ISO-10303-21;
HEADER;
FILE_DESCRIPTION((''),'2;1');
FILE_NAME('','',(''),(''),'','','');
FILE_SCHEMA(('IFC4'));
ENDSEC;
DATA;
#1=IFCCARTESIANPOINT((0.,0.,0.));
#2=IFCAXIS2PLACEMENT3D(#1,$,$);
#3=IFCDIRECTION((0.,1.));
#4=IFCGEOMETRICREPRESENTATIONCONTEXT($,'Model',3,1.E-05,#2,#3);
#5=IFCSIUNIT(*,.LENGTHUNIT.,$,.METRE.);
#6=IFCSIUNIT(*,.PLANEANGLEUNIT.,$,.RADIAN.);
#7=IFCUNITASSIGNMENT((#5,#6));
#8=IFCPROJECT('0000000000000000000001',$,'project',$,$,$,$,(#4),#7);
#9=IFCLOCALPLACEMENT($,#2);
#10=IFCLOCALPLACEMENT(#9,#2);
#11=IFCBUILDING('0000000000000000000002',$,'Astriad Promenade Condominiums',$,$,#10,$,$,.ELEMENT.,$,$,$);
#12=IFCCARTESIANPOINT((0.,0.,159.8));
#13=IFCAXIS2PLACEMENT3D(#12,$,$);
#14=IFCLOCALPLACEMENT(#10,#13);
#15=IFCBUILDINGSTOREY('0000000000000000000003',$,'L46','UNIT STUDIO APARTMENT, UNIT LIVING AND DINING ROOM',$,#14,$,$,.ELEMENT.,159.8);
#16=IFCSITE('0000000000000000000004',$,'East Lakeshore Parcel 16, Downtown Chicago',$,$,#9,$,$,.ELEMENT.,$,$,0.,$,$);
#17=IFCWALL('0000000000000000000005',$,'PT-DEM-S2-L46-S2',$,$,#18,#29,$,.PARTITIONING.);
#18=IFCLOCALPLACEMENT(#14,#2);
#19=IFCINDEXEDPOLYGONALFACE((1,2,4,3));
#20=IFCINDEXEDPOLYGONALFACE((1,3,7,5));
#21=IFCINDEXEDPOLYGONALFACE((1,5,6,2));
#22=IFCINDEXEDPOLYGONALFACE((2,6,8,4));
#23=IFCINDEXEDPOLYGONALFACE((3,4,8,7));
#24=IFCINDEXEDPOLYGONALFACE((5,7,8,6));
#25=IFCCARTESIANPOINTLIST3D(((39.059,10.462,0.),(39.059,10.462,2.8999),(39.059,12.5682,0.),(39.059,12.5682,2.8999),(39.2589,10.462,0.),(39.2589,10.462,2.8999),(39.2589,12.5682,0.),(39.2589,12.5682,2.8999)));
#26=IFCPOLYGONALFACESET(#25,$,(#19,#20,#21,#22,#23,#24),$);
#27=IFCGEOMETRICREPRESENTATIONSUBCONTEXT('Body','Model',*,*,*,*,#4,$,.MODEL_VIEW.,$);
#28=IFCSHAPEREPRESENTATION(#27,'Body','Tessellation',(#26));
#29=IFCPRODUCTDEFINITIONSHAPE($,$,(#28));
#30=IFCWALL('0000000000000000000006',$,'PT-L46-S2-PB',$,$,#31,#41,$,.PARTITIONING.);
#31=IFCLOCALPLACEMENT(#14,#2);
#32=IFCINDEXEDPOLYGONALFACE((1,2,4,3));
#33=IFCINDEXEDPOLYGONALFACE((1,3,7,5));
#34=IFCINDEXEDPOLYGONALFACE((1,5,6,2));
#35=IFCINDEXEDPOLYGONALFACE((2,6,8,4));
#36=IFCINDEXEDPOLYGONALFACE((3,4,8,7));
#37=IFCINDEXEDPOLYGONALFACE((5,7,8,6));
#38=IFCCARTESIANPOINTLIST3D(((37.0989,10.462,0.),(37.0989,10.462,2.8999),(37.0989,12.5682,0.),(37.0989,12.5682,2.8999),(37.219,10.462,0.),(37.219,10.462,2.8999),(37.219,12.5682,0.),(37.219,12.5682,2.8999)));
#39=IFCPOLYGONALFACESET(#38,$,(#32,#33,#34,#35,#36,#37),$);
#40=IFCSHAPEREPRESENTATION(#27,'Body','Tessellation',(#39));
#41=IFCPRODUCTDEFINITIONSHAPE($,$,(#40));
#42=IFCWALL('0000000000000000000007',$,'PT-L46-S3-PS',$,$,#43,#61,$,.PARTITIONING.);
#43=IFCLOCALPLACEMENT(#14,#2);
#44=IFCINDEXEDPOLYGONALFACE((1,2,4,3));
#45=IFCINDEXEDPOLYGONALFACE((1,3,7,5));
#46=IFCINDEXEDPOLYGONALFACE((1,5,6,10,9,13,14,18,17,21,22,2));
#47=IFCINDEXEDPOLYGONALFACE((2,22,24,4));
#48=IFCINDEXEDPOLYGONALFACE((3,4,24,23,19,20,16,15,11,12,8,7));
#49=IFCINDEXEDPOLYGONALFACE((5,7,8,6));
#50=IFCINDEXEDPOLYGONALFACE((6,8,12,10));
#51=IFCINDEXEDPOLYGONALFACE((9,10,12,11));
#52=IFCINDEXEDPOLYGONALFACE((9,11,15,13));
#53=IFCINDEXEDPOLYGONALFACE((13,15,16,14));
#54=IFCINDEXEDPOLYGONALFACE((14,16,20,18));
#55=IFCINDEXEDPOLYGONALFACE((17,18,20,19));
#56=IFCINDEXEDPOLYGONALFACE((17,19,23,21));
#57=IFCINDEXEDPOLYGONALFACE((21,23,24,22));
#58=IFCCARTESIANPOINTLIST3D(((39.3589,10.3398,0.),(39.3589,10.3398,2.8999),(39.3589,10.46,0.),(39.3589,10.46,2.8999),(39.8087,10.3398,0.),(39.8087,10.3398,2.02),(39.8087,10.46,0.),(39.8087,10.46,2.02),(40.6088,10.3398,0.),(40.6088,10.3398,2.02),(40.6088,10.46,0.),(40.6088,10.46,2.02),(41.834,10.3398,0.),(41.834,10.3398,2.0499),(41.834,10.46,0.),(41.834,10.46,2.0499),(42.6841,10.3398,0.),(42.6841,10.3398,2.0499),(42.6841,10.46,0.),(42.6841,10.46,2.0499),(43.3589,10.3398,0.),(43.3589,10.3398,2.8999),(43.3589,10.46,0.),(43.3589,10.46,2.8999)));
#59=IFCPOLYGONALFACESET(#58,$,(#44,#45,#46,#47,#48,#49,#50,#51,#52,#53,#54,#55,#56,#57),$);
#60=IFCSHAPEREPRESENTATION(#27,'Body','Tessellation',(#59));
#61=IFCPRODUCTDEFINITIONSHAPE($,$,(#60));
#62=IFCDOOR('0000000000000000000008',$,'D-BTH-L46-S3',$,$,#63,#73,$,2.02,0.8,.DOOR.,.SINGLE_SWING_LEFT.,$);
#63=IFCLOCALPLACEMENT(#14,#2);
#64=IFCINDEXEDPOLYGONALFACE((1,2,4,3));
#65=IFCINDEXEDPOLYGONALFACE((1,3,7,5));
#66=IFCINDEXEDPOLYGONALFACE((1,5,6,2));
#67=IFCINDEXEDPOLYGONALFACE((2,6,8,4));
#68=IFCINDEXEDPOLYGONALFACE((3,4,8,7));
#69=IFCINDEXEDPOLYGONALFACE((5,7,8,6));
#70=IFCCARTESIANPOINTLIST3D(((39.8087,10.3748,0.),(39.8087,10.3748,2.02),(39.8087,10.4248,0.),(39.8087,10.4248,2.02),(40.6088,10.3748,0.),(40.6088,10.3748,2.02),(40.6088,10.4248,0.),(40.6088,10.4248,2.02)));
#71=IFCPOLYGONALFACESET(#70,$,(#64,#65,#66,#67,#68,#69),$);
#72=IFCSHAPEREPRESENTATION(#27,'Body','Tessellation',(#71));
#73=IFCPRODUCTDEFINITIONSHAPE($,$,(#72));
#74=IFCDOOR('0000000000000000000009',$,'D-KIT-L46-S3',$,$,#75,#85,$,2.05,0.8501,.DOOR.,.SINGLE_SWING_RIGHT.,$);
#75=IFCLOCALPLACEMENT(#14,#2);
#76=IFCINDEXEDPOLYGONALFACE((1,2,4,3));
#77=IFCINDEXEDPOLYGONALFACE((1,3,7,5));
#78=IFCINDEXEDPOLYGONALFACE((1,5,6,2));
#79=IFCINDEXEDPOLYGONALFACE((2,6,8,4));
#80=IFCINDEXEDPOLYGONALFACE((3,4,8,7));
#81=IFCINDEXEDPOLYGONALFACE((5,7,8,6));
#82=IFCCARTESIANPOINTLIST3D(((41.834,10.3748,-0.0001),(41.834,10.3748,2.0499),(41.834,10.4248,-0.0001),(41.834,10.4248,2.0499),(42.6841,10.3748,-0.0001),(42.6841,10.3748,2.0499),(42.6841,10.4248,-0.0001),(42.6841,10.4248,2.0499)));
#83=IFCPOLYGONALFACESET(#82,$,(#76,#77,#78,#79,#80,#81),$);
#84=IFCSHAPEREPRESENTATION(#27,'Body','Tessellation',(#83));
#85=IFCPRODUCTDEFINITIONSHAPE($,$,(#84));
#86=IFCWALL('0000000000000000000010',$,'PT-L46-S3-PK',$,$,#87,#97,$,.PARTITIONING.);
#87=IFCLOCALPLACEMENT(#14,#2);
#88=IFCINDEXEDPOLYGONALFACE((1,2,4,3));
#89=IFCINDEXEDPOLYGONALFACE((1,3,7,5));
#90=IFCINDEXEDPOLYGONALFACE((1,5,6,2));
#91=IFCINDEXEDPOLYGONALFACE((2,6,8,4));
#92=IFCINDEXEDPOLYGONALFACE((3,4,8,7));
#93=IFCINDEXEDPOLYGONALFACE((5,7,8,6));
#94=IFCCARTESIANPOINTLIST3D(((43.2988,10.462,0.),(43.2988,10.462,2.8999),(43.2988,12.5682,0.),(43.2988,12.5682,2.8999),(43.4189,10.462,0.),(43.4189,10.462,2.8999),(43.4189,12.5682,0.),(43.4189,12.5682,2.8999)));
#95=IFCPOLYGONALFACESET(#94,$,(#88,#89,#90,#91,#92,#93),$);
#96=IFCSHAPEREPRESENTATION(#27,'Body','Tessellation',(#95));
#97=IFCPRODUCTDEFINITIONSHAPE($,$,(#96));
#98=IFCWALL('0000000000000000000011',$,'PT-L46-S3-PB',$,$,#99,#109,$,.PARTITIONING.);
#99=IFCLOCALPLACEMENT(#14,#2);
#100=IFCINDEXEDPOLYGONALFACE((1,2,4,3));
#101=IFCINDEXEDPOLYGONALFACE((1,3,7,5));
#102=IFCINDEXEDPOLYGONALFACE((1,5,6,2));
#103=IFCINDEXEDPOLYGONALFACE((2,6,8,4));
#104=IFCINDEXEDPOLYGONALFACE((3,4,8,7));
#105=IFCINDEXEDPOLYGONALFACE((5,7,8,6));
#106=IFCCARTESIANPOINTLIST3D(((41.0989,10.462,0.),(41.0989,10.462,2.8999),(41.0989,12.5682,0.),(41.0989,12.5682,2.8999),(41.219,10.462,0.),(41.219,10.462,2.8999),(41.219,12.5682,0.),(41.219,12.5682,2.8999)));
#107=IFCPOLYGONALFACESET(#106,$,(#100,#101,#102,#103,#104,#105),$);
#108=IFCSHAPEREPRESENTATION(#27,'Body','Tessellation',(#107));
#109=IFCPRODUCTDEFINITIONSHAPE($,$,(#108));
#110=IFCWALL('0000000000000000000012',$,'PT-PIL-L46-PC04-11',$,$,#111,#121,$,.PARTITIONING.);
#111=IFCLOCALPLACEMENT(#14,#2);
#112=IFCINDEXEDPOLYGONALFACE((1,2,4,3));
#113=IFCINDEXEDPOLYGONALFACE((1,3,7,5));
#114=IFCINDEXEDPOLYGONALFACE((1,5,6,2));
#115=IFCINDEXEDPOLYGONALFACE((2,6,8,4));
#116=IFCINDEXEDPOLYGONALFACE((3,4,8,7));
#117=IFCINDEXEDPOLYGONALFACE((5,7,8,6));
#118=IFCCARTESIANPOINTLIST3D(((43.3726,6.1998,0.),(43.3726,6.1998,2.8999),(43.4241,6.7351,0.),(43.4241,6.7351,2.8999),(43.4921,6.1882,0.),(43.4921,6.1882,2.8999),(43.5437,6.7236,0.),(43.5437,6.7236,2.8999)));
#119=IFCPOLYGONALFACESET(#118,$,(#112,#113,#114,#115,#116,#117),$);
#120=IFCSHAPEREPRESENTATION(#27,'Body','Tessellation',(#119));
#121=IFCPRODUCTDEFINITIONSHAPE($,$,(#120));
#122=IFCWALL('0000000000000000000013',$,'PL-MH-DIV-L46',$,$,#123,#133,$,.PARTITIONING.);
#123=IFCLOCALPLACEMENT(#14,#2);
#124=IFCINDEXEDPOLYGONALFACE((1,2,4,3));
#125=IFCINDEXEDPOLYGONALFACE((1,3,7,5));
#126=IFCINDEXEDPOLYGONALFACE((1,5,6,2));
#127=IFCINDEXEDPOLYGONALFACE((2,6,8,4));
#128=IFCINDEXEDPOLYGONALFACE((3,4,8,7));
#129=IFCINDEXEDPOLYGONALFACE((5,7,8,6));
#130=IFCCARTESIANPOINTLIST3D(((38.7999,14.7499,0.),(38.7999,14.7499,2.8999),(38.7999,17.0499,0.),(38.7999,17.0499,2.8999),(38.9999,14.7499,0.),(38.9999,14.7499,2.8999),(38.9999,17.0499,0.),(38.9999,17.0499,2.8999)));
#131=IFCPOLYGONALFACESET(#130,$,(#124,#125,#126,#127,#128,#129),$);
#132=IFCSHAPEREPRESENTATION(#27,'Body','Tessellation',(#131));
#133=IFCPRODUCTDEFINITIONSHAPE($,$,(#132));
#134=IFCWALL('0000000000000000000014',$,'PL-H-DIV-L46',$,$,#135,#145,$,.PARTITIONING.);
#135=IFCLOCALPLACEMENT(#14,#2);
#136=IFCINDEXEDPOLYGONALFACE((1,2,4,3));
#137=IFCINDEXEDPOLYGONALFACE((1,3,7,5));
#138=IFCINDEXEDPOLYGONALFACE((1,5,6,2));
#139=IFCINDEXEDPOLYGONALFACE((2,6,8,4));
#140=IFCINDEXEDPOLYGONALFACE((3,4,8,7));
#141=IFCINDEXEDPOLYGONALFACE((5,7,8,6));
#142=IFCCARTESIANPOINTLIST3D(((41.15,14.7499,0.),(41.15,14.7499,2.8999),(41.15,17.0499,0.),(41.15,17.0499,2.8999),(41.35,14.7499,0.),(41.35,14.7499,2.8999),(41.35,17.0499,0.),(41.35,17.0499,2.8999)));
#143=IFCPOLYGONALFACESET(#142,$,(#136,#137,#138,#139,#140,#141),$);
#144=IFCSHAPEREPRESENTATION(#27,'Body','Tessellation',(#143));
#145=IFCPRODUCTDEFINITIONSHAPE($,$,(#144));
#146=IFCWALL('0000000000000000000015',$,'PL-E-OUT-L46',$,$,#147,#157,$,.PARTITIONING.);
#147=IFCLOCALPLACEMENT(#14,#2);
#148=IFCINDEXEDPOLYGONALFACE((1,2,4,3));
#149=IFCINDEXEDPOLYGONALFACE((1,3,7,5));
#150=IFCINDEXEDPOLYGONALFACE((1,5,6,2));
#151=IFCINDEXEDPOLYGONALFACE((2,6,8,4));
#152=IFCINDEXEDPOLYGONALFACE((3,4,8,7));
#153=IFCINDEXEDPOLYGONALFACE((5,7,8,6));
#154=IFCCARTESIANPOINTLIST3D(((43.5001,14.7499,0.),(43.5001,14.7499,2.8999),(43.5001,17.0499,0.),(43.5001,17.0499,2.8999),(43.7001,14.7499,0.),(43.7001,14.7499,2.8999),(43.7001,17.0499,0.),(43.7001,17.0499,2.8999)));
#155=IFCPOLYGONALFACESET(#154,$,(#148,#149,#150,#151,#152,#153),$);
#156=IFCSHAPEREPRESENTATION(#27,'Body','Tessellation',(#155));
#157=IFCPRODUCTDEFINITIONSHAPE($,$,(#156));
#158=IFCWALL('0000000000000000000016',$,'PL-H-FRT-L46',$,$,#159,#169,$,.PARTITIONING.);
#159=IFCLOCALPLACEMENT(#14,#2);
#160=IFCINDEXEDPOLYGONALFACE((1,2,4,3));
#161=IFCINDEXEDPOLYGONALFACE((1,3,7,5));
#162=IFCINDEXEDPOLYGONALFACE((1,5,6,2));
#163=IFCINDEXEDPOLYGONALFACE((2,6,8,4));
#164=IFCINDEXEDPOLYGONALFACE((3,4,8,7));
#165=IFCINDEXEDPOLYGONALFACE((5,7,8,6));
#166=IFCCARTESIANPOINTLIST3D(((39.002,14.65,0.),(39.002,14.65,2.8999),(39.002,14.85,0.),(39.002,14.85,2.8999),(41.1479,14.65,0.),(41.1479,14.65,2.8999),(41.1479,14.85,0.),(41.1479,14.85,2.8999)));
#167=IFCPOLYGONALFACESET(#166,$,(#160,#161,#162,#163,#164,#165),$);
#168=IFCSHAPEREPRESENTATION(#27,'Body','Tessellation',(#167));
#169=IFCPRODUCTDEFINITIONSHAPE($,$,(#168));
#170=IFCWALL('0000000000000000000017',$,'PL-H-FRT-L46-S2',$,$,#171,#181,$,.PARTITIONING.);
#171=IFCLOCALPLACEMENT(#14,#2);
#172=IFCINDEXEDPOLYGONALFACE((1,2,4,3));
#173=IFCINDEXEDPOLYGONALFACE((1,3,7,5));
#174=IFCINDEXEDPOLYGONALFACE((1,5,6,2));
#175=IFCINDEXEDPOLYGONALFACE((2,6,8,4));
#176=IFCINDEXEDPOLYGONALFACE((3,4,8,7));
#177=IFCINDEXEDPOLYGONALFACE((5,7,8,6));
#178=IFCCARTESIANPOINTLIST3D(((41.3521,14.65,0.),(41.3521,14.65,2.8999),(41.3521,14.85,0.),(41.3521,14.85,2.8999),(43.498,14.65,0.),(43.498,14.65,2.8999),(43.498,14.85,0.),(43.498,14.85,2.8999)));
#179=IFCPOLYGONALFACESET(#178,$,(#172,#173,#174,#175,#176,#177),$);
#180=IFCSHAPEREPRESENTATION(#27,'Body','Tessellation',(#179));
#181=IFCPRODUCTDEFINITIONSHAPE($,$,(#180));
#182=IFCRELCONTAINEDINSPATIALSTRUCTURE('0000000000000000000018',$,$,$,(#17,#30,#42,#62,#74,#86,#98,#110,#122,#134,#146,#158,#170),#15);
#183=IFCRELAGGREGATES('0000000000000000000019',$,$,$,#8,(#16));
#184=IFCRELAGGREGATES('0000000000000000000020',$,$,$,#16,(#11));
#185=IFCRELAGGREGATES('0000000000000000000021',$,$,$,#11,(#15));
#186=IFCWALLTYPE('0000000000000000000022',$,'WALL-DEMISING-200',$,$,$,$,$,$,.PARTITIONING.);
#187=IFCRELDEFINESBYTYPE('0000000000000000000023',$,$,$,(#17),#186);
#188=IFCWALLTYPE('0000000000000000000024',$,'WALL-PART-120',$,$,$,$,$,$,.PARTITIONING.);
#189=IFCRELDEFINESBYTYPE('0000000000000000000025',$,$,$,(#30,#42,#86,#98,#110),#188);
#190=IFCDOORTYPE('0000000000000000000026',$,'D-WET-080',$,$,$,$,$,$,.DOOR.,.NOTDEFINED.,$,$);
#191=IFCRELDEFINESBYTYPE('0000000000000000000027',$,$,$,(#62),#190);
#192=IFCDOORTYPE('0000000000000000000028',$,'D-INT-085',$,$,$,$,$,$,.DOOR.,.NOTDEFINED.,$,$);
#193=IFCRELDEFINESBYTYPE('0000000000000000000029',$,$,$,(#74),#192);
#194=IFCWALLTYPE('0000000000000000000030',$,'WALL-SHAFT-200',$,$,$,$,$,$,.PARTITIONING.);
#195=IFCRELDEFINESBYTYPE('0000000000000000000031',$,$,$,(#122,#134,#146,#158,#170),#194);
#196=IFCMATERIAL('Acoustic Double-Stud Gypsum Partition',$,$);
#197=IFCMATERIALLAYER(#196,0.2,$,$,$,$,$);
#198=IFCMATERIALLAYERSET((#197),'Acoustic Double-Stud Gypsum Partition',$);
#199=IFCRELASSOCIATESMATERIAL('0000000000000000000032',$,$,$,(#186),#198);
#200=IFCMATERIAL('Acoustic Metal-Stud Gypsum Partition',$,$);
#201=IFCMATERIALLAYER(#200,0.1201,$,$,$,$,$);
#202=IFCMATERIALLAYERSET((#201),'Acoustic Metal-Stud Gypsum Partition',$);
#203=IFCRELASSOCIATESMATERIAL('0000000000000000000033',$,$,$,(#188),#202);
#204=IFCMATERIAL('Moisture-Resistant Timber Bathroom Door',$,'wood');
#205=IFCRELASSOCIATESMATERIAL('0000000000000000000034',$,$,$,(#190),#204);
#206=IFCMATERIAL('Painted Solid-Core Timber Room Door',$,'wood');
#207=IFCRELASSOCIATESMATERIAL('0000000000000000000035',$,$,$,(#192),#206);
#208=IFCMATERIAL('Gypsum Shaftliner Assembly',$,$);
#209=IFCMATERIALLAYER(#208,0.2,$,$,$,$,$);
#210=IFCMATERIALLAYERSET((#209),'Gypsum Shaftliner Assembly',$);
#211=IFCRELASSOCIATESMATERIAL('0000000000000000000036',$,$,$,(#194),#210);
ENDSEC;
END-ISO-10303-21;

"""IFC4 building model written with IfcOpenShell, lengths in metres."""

from ifc_helpers import new_model, si_unit, direction, frame, frame_2d, origin, place, context, subcontext, project, spatial, rectangle, extrude, source, transform, mapped, material, layer, layer_set, type_object, type_shapes, element, fill, save


model = new_model("IFC4")

# Units and contexts
model_context = context("Model", 3, precision=1e-05, world=origin(), true_north=direction((0.0, 1.0)))
body_context = subcontext(model_context, "Body", "Model", "MODEL_VIEW")
ifc_project = project(units=[si_unit("LENGTHUNIT", "METRE"), si_unit("PLANEANGLEUNIT", "RADIAN")], contexts=[model_context])

# Site, building, storey
site_placement = place(None, origin())
site = spatial("IfcSite", under=ifc_project, at=site_placement, Name="East Lakeshore Parcel 16, Downtown Chicago", CompositionType="ELEMENT", RefElevation=0.0)
building_placement = place(site_placement, origin())
building = spatial("IfcBuilding", under=site, at=building_placement, Name="Astriad Promenade Condominiums", CompositionType="ELEMENT")
storey_placement = place(building_placement, frame((0.0, 0.0, 159.8)))
storey = spatial("IfcBuildingStorey", under=building, at=storey_placement, Name="L46", Description="UNIT STUDIO APARTMENT, UNIT LIVING AND DINING ROOM", CompositionType="ELEMENT", Elevation=159.8)

# Walls
ifc_material_1 = material(Name="Acoustic Double-Stud Gypsum Partition")
ifc_layer_1 = layer(ifc_material_1, 0.2)
ifc_layer_set_1 = layer_set([ifc_layer_1], Name="Acoustic Double-Stud Gypsum Partition")
wall_type_1 = type_object("IfcWallType", Name="WALL-DEMISING-200", PredefinedType="PARTITIONING", material=ifc_layer_set_1)
wall_1_placement = place(storey_placement, frame((39.1589, 10.4619, 0.0), z_axis=(0.0, 0.0, 1.0), x_axis=(0.0, 1.0, 0.0)))
element("IfcWall", 1, at=wall_1_placement, inside=storey, type_object=wall_type_1, Name="PT-DEM-S2-L46-S2", PredefinedType="PARTITIONING", context=body_context, shape_type="SweptSolid", body=[
    extrude(rectangle(XDim=2.1062, YDim=0.2, at=frame_2d((1.0532, 0.0))), origin(), (0.0, 0.0, 1.0), 2.8999),
])
ifc_material_2 = material(Name="Acoustic Metal-Stud Gypsum Partition")
ifc_layer_2 = layer(ifc_material_2, 0.1201)
ifc_layer_set_2 = layer_set([ifc_layer_2], Name="Acoustic Metal-Stud Gypsum Partition")
wall_type_2 = type_object("IfcWallType", Name="WALL-PART-120", PredefinedType="PARTITIONING", material=ifc_layer_set_2)
wall_2_placement = place(storey_placement, frame((37.1589, 10.4619, 0.0), z_axis=(0.0, 0.0, 1.0), x_axis=(0.0, 1.0, 0.0)))
element("IfcWall", 2, at=wall_2_placement, inside=storey, type_object=wall_type_2, Name="PT-L46-S2-PB", PredefinedType="PARTITIONING", context=body_context, shape_type="SweptSolid", body=[
    extrude(rectangle(XDim=2.1062, YDim=0.1201, at=frame_2d((1.0532, 0.0))), origin(), (0.0, 0.0, 1.0), 2.8999),
])

# Wall, openings, doors
wall_3_placement = place(storey_placement, frame((39.3589, 10.3999, 0.0), z_axis=(0.0, 0.0, 1.0), x_axis=(1.0, 0.0, 0.0)))
wall_3 = element("IfcWall", 3, at=wall_3_placement, inside=storey, type_object=wall_type_2, Name="PT-L46-S3-PS", PredefinedType="PARTITIONING", context=body_context, shape_type="SweptSolid", body=[
    extrude(rectangle(XDim=4.0, YDim=0.1201, at=frame_2d((2.0, 0.0))), origin(), (0.0, 0.0, 1.0), 2.8999),
])
opening_1_placement = place(wall_3_placement, frame((0.45, 0.0, 0.0)))
opening_1 = element("IfcOpeningElement", 4, at=opening_1_placement, cuts=wall_3, PredefinedType="OPENING", context=body_context, shape_type="SweptSolid", body=[
    extrude(rectangle(XDim=0.8, YDim=2.02, at=frame_2d((0.3999, 1.01))), frame((0.0, 0.0701, 0.0), z_axis=(0.0, -1.0, 0.0), x_axis=(1.0, 0.0, 0.0)), (0.0, 0.0, 1.0), 0.1401),
])
opening_2_placement = place(wall_3_placement, frame((2.4751, 0.0, 0.0)))
opening_2 = element("IfcOpeningElement", 5, at=opening_2_placement, cuts=wall_3, PredefinedType="OPENING", context=body_context, shape_type="SweptSolid", body=[
    extrude(rectangle(XDim=0.8501, YDim=2.05, at=frame_2d((0.425, 1.0249))), frame((0.0, 0.0701, 0.0), z_axis=(0.0, -1.0, 0.0), x_axis=(1.0, 0.0, 0.0)), (0.0, 0.0, 1.0), 0.1401),
])
ifc_material_3 = material(Name="Moisture-Resistant Timber Bathroom Door", Category="wood")
door_type_1 = type_object("IfcDoorType", Name="D-WET-080", OperationType="NOTDEFINED", PredefinedType="DOOR", material=ifc_material_3)
shared_shape_1 = source(origin(), body_context, "Body", "SweptSolid", [
    extrude(rectangle(XDim=0.8, YDim=2.02, at=frame_2d((0.3999, 1.01))), frame((0.0, 0.0249, 0.0), z_axis=(0.0, -1.0, 0.0), x_axis=(1.0, 0.0, 0.0)), (0.0, 0.0, 1.0), 0.05),
])
type_shapes(door_type_1, [shared_shape_1])
door_1_placement = place(opening_1_placement, origin())
door_1 = element("IfcDoor", 6, at=door_1_placement, inside=storey, type_object=door_type_1, Name="D-BTH-L46-S3", OperationType="SINGLE_SWING_LEFT", OverallHeight=2.02, OverallWidth=0.8, PredefinedType="DOOR", context=body_context, shape_type="MappedRepresentation", body=[
    mapped(shared_shape_1, transform((0.0, 0.0, 0.0), scale=1.0)),
])
fill(opening_1, door_1)
ifc_material_4 = material(Name="Painted Solid-Core Timber Room Door", Category="wood")
door_type_2 = type_object("IfcDoorType", Name="D-INT-085", OperationType="NOTDEFINED", PredefinedType="DOOR", material=ifc_material_4)
shared_shape_2 = source(origin(), body_context, "Body", "SweptSolid", [
    extrude(rectangle(XDim=0.8501, YDim=2.05, at=frame_2d((0.425, 1.0249))), frame((0.0, 0.0249, 0.0), z_axis=(0.0, -1.0, 0.0), x_axis=(1.0, 0.0, 0.0)), (0.0, 0.0, 1.0), 0.05),
])
type_shapes(door_type_2, [shared_shape_2])
door_2_placement = place(opening_2_placement, origin())
door_2 = element("IfcDoor", 7, at=door_2_placement, inside=storey, type_object=door_type_2, Name="D-KIT-L46-S3", OperationType="SINGLE_SWING_RIGHT", OverallHeight=2.05, OverallWidth=0.8501, PredefinedType="DOOR", context=body_context, shape_type="MappedRepresentation", body=[
    mapped(shared_shape_2, transform((0.0, 0.0, 0.0), scale=1.0)),
])
fill(opening_2, door_2)

# Walls
for number, where, z_axis, x_axis, name in (
    (8, (43.3589, 10.4619, 0.0), (0.0, 0.0, 1.0), (0.0, 1.0, 0.0), "PT-L46-S3-PK"),
    (9, (41.1589, 10.4619, 0.0), (0.0, 0.0, 1.0), (0.0, 1.0, 0.0), "PT-L46-S3-PB"),
):
    element("IfcWall", number, at=place(storey_placement, frame(where, z_axis=z_axis, x_axis=x_axis)), inside=storey, type_object=wall_type_2, Name=name, PredefinedType="PARTITIONING", context=body_context, shape_type="SweptSolid", body=[
        extrude(rectangle(XDim=2.1062, YDim=0.1201, at=frame_2d((1.0532, 0.0))), origin(), (0.0, 0.0, 1.0), 2.8999),
    ])
wall_4_placement = place(storey_placement, frame((43.4839, 6.7295, 0.0), z_axis=(0.0, 0.0, 1.0), x_axis=(-0.095773, -0.995403, 0.0)))
element("IfcWall", 10, at=wall_4_placement, inside=storey, type_object=wall_type_2, Name="PT-PIL-L46-PC04-11", PredefinedType="PARTITIONING", context=body_context, shape_type="SweptSolid", body=[
    extrude(rectangle(XDim=0.5378, YDim=0.1201, at=frame_2d((0.269, 0.0))), origin(), (0.0, 0.0, 1.0), 2.8999),
])
ifc_material_5 = material(Name="Gypsum Shaftliner Assembly")
ifc_layer_3 = layer(ifc_material_5, 0.2)
ifc_layer_set_3 = layer_set([ifc_layer_3], Name="Gypsum Shaftliner Assembly")
wall_type_3 = type_object("IfcWallType", Name="WALL-SHAFT-200", PredefinedType="PARTITIONING", material=ifc_layer_set_3)
for number, where, z_axis, x_axis, name in (
    (11, (38.8999, 14.75, 0.0), (0.0, 0.0, 1.0), (0.0, 1.0, 0.0), "PL-MH-DIV-L46"),
    (12, (41.25, 14.75, 0.0), (0.0, 0.0, 1.0), (0.0, 1.0, 0.0), "PL-H-DIV-L46"),
    (13, (43.6001, 14.75, 0.0), (0.0, 0.0, 1.0), (0.0, 1.0, 0.0), "PL-E-OUT-L46"),
):
    element("IfcWall", number, at=place(storey_placement, frame(where, z_axis=z_axis, x_axis=x_axis)), inside=storey, type_object=wall_type_3, Name=name, PredefinedType="PARTITIONING", context=body_context, shape_type="SweptSolid", body=[
        extrude(rectangle(XDim=2.3, YDim=0.2, at=frame_2d((1.1499, 0.0))), origin(), (0.0, 0.0, 1.0), 2.8999),
    ])
for number, where, z_axis, x_axis, name in (
    (14, (39.002, 14.75, 0.0), (0.0, 0.0, 1.0), (1.0, 0.0, 0.0), "PL-H-FRT-L46"),
    (15, (41.3521, 14.75, 0.0), (0.0, 0.0, 1.0), (1.0, 0.0, 0.0), "PL-H-FRT-L46-S2"),
):
    element("IfcWall", number, at=place(storey_placement, frame(where, z_axis=z_axis, x_axis=x_axis)), inside=storey, type_object=wall_type_3, Name=name, PredefinedType="PARTITIONING", context=body_context, shape_type="SweptSolid", body=[
        extrude(rectangle(XDim=2.146, YDim=0.2, at=frame_2d((1.073, 0.0))), origin(), (0.0, 0.0, 1.0), 2.8999),
    ])

save(model, "model.ifc")
